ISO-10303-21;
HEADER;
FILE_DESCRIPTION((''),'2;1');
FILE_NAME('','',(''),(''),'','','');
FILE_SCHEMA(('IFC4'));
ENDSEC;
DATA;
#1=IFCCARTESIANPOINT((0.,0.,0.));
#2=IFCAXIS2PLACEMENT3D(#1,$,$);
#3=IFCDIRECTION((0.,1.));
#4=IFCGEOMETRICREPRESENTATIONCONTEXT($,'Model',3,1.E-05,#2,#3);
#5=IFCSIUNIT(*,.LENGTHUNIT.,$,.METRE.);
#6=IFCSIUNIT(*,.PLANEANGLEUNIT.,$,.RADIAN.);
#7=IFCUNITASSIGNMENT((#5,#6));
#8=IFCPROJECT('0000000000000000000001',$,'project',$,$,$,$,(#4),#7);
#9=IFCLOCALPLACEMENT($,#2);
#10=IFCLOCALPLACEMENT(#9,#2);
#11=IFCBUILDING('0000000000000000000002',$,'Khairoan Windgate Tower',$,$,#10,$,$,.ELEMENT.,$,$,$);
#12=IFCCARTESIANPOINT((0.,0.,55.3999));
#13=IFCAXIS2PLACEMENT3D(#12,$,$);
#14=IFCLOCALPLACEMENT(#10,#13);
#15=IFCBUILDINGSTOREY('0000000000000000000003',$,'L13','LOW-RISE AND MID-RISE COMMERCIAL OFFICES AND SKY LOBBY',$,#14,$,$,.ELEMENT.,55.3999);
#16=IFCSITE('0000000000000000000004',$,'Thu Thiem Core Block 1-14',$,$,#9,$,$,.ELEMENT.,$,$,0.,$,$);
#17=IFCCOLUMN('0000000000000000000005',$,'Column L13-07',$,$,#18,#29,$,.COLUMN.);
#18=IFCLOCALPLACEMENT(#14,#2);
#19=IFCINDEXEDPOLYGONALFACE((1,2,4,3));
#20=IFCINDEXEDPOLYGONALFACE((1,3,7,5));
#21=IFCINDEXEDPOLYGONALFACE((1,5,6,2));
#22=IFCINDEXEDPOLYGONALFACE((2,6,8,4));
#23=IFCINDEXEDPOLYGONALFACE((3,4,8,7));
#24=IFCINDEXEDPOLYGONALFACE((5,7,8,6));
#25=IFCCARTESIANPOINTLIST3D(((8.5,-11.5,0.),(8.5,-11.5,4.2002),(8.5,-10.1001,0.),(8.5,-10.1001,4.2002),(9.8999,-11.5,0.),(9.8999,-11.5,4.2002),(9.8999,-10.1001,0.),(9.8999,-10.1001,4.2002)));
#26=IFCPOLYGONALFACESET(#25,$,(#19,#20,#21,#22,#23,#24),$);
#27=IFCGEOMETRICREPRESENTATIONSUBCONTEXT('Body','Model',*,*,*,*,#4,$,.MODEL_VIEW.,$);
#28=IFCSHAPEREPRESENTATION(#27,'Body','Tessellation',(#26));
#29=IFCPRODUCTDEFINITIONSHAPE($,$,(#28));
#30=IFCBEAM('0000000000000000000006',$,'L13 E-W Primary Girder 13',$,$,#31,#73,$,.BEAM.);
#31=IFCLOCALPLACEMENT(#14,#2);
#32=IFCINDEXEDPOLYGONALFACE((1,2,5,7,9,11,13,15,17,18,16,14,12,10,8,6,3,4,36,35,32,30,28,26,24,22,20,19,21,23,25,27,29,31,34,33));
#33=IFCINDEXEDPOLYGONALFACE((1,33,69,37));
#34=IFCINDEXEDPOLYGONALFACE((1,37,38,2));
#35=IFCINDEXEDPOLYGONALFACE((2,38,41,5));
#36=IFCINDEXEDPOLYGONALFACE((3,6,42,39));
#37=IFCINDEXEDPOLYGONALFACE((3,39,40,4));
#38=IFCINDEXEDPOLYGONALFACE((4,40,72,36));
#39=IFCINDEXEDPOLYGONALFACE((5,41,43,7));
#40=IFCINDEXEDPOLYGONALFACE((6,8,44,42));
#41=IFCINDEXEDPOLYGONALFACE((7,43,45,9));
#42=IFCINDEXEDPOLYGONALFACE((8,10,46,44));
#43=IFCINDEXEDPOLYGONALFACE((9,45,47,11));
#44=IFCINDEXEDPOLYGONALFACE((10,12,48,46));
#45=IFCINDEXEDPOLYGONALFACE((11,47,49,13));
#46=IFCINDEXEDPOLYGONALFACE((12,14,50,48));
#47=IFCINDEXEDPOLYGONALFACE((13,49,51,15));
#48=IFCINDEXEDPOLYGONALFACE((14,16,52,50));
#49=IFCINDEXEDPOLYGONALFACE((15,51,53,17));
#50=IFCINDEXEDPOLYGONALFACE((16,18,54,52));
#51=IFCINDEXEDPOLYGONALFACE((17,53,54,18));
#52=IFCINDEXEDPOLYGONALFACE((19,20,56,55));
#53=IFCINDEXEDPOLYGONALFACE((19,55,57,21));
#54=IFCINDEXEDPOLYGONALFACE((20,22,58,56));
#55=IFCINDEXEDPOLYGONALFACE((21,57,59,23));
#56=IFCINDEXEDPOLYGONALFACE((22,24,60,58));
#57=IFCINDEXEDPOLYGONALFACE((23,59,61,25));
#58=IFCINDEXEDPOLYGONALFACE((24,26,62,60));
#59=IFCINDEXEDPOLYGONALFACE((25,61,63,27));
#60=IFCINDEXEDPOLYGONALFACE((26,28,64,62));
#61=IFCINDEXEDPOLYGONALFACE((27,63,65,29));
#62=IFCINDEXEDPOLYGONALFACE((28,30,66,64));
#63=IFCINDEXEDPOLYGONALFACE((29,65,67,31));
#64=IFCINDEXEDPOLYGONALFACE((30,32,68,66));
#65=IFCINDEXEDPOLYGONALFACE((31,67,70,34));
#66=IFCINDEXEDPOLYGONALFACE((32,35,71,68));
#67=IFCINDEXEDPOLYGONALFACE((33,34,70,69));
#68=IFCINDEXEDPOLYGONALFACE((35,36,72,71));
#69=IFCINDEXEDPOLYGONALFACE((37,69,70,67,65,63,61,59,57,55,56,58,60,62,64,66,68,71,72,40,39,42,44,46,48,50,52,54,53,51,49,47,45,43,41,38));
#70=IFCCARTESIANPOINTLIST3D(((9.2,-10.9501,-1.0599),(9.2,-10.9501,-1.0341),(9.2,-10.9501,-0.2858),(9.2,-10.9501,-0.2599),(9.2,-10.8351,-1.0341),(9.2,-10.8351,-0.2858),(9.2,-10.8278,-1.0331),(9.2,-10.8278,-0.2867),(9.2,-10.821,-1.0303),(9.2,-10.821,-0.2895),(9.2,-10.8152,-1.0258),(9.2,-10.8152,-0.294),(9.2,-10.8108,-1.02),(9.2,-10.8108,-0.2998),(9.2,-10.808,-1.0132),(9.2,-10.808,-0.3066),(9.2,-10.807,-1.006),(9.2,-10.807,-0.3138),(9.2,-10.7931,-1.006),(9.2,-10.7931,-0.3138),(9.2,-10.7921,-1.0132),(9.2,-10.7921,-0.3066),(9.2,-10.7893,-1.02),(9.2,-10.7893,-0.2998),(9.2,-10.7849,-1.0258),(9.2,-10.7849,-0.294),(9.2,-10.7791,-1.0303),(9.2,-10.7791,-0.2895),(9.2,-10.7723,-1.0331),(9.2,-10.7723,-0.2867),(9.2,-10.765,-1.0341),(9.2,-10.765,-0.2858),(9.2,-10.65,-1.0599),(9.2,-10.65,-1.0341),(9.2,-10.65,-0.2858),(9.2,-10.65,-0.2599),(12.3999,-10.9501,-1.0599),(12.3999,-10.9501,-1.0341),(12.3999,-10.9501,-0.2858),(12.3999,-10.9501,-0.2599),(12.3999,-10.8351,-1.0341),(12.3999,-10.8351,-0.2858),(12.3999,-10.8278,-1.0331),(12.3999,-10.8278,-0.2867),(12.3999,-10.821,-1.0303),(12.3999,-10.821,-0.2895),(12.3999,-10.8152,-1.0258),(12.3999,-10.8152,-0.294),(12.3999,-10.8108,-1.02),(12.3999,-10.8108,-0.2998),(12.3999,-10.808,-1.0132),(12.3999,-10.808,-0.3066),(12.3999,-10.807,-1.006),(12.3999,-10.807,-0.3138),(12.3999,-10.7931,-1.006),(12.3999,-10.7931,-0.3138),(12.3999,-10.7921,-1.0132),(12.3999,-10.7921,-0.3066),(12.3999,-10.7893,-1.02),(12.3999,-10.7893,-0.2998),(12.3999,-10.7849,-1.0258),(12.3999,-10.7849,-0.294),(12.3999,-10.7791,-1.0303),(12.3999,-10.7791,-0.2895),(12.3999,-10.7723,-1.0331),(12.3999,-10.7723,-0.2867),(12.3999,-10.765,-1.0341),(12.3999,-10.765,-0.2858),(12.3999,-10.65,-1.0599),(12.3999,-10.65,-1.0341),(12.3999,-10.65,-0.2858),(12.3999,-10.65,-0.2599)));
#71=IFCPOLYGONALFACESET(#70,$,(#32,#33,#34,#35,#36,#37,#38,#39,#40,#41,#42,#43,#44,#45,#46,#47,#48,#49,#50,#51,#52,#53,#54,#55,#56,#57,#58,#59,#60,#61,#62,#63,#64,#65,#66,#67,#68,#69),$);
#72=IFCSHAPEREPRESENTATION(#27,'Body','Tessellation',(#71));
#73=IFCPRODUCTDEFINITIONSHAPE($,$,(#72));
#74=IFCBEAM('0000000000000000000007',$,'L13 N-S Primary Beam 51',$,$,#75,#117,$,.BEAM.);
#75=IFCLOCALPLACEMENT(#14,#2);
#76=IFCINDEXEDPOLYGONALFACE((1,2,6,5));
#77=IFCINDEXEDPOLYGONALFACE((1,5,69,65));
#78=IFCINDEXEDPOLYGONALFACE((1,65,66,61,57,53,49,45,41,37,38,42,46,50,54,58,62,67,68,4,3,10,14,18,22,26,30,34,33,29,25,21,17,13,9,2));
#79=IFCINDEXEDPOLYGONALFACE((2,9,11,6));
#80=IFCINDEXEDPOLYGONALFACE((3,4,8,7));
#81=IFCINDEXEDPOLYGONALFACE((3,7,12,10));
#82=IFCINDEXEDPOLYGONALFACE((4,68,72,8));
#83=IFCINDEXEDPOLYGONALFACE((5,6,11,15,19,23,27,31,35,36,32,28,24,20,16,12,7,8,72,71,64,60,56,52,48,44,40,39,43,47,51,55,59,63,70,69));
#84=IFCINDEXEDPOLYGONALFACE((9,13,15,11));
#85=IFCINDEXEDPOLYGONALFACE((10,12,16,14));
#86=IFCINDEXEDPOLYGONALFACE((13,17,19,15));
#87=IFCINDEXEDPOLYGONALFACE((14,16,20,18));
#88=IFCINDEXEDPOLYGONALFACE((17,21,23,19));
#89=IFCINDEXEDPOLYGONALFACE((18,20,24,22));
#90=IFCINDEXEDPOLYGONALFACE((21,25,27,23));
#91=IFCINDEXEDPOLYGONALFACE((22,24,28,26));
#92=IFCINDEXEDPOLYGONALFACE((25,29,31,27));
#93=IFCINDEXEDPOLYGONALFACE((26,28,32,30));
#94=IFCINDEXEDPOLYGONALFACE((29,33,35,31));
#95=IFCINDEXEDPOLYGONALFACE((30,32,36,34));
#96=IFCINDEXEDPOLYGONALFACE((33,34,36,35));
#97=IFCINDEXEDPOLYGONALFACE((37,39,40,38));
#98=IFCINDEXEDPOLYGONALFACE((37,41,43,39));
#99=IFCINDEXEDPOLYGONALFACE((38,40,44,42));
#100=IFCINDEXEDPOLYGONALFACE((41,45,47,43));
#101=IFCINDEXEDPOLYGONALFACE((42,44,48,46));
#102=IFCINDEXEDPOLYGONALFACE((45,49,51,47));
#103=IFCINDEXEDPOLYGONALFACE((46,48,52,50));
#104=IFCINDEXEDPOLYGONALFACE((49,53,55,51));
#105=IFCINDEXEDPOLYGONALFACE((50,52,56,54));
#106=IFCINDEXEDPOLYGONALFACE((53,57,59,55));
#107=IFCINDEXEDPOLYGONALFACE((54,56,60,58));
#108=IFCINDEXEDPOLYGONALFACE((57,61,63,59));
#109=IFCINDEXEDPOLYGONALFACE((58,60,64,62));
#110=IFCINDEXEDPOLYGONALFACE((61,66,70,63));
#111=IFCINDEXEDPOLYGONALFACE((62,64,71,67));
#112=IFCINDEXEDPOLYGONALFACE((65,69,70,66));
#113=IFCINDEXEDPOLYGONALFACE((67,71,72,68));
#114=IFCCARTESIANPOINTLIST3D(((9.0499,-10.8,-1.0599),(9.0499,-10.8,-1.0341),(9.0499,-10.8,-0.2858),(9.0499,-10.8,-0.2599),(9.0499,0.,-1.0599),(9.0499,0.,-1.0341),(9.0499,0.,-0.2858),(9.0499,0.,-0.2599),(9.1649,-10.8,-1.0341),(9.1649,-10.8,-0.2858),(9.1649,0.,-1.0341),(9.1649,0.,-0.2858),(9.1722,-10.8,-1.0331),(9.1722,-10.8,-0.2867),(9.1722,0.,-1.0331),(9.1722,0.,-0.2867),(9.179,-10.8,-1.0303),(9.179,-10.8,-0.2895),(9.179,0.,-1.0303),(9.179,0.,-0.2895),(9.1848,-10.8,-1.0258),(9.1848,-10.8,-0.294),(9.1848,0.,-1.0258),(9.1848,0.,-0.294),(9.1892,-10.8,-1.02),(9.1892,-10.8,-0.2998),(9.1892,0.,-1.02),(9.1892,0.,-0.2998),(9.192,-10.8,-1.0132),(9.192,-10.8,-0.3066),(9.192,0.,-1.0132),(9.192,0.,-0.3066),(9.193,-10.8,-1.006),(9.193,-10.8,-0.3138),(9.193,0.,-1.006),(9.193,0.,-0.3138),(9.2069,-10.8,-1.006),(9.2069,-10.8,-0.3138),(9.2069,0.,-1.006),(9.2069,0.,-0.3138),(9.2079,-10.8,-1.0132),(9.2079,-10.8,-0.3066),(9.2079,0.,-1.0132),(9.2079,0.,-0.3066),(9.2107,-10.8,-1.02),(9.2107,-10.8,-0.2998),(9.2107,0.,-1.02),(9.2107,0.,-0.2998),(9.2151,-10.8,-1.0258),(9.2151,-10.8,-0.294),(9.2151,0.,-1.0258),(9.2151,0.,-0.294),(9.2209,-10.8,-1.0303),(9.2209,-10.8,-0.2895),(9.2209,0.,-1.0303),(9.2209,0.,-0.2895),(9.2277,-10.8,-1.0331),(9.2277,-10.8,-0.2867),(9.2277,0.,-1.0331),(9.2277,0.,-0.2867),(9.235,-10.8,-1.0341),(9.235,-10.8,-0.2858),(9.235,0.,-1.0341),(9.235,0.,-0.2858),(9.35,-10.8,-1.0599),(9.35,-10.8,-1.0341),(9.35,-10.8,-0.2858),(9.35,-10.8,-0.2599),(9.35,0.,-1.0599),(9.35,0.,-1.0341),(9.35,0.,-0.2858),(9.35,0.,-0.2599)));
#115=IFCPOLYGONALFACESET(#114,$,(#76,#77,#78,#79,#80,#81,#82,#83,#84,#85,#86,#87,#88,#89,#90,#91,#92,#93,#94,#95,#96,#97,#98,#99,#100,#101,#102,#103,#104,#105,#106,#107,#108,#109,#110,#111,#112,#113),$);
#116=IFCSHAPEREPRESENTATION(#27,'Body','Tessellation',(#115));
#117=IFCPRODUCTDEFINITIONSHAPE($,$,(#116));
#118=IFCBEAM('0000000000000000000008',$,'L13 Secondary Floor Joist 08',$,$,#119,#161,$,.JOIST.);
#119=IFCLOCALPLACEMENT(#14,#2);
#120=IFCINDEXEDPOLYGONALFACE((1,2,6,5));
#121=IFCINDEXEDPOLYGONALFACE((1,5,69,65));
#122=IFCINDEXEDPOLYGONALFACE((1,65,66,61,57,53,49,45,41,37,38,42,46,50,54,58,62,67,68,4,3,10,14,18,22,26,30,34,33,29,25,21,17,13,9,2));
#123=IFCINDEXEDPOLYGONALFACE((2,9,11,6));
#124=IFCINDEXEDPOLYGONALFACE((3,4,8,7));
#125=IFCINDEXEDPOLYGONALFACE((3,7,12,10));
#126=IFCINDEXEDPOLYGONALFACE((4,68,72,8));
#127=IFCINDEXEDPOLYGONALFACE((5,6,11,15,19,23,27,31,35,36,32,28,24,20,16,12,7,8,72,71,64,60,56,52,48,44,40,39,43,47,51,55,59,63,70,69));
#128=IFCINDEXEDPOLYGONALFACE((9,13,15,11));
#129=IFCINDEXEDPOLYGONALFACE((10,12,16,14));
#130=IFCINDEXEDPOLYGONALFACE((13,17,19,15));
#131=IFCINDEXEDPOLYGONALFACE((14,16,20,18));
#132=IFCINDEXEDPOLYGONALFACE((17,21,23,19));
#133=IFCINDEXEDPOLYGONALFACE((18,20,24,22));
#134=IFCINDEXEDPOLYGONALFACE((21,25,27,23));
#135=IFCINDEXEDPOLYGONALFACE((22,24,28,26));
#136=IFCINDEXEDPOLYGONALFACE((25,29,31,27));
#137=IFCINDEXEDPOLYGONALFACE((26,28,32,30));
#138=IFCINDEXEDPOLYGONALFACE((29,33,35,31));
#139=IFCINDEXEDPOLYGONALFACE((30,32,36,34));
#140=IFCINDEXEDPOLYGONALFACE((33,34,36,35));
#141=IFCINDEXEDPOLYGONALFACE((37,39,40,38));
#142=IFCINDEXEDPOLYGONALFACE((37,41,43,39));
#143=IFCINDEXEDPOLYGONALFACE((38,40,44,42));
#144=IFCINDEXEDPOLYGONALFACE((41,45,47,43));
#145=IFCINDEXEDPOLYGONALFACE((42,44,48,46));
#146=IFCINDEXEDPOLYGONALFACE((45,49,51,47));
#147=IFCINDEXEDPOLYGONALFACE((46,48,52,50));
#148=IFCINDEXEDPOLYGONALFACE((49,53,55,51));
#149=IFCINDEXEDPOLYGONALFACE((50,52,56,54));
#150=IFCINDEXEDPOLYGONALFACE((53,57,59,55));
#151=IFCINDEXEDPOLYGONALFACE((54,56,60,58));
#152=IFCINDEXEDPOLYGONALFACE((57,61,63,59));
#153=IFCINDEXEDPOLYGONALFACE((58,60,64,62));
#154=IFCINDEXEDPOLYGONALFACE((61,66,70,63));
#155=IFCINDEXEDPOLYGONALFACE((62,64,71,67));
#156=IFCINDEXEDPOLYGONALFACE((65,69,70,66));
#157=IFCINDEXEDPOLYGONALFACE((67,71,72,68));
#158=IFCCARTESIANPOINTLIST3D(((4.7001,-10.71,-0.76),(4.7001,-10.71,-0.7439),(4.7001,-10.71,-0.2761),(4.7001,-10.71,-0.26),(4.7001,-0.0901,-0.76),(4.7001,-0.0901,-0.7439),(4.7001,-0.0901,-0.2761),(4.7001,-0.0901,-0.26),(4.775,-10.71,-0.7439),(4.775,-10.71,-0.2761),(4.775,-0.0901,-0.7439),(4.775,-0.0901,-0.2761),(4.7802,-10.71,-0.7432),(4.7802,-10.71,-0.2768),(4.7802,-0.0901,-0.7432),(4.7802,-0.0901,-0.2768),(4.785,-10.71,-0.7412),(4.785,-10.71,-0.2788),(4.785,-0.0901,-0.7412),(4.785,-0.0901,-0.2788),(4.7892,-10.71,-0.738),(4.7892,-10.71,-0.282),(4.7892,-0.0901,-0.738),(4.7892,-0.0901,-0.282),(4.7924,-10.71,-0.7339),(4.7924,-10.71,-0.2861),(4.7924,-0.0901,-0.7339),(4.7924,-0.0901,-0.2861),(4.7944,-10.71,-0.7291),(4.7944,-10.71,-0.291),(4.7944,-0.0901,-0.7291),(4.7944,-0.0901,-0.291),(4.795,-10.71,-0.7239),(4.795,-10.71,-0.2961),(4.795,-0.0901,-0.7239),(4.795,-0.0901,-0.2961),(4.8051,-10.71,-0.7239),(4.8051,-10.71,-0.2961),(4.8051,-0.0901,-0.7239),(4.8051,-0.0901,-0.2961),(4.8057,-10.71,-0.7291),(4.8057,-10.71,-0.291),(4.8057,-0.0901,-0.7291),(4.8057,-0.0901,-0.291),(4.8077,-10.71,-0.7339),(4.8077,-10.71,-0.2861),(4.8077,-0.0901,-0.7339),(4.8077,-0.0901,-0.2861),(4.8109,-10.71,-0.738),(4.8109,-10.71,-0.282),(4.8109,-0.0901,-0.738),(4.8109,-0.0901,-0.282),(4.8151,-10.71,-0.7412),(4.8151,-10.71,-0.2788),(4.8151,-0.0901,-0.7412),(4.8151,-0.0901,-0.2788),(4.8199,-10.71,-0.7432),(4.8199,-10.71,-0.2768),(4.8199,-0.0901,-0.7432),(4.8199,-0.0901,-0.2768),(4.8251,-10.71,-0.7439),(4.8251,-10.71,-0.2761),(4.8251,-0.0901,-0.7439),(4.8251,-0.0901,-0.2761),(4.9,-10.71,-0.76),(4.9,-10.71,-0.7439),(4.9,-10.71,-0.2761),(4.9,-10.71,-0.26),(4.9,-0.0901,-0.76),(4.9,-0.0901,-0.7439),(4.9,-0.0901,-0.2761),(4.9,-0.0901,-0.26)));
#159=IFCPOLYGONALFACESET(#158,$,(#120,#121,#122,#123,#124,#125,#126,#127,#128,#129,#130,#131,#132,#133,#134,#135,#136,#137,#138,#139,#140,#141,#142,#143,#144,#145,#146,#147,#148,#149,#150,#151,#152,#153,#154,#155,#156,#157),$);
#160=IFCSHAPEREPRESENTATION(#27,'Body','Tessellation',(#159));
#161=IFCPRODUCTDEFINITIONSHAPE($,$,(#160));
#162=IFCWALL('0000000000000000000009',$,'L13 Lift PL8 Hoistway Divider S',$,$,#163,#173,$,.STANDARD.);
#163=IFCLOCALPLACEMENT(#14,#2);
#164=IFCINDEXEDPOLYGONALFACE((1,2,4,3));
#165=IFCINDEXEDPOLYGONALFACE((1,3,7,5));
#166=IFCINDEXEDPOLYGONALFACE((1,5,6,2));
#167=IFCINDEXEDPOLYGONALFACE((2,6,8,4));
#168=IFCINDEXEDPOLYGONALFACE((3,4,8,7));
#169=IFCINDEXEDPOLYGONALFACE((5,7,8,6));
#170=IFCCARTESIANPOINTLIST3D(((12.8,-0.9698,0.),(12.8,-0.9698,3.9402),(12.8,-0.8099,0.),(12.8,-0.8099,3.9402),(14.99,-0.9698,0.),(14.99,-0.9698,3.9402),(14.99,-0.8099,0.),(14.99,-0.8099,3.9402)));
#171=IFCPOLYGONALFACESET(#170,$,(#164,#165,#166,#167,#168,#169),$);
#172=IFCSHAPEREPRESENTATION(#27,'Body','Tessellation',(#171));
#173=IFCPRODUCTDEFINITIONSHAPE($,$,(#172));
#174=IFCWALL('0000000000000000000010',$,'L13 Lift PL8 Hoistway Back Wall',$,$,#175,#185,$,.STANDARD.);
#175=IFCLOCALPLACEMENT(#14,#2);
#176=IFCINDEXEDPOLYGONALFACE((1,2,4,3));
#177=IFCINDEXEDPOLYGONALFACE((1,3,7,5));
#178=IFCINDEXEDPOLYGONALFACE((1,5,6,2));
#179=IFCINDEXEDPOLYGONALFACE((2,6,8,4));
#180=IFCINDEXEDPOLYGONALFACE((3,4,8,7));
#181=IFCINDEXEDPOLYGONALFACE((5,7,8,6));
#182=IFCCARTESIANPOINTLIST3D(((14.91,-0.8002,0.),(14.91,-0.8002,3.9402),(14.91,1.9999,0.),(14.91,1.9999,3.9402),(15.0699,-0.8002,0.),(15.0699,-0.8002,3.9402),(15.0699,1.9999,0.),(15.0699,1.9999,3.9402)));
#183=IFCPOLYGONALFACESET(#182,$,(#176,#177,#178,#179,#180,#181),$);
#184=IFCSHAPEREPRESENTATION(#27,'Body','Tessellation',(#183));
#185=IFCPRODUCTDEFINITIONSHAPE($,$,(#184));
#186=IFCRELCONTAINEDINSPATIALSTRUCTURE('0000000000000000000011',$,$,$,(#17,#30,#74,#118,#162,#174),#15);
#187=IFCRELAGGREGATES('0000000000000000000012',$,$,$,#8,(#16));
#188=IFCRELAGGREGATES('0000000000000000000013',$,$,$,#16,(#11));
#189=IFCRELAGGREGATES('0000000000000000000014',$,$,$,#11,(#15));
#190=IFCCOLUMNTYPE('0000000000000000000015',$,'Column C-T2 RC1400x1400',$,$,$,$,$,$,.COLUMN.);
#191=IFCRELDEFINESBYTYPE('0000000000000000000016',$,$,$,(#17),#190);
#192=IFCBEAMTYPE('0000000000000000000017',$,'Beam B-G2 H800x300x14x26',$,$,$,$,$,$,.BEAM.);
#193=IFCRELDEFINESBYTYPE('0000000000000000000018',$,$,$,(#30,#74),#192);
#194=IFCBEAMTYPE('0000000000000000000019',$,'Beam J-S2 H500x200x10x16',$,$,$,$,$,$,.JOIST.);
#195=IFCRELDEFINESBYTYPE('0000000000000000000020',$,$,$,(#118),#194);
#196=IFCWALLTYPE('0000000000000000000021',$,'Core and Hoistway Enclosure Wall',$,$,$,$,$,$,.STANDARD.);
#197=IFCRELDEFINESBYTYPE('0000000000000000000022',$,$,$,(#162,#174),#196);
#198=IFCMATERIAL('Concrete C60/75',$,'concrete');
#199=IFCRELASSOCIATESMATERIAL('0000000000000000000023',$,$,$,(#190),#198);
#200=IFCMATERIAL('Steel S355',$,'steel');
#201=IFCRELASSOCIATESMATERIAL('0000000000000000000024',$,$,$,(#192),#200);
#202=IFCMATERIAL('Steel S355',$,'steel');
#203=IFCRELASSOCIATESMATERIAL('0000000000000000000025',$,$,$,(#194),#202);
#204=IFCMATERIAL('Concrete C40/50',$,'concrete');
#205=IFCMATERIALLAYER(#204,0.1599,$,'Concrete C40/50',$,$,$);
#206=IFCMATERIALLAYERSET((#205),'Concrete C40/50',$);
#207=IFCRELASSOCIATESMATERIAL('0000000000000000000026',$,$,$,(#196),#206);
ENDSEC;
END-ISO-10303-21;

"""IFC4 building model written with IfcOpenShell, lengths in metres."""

from ifc_helpers import new_model, si_unit, direction, frame, frame_2d, origin, origin_2d, place, context, subcontext, project, spatial, rectangle, i_section, extrude, material, layer, layer_set, material_profile, profile_set, type_object, element, save


model = new_model("IFC4")

# Units and contexts
model_context = context("Model", 3, precision=1e-05, world=origin(), true_north=direction((0.0, 1.0)))
body_context = subcontext(model_context, "Body", "Model", "MODEL_VIEW")
ifc_project = project(units=[si_unit("LENGTHUNIT", "METRE"), si_unit("PLANEANGLEUNIT", "RADIAN")], contexts=[model_context])

# Site, building, storey
site_placement = place(None, origin())
site = spatial("IfcSite", under=ifc_project, at=site_placement, Name="Thu Thiem Core Block 1-14", CompositionType="ELEMENT", RefElevation=0.0)
building_placement = place(site_placement, origin())
building = spatial("IfcBuilding", under=site, at=building_placement, Name="Khairoan Windgate Tower", CompositionType="ELEMENT")
storey_placement = place(building_placement, frame((0.0, 0.0, 55.3999)))
storey = spatial("IfcBuildingStorey", under=building, at=storey_placement, Name="L13", Description="LOW-RISE AND MID-RISE COMMERCIAL OFFICES AND SKY LOBBY", CompositionType="ELEMENT", Elevation=55.3999)

# Column
ifc_material_1 = material(Name="Concrete C60/75", Category="concrete")
ifc_material_profile_1 = material_profile(ifc_material_1, rectangle(XDim=1.3999, YDim=1.3999, at=origin_2d()))
ifc_profile_set_1 = profile_set([ifc_material_profile_1], Name="Concrete C60/75")
column_type = type_object("IfcColumnType", Name="Column C-T2 RC1400x1400", PredefinedType="COLUMN", material=ifc_profile_set_1)
column_placement = place(storey_placement, frame((9.2, -10.8, 0.0), z_axis=(0.0, 0.0, 1.0), x_axis=(1.0, 0.0, 0.0)))
element("IfcColumn", 1, at=column_placement, inside=storey, type_object=column_type, Name="Column L13-07", PredefinedType="COLUMN", context=body_context, shape_type="SweptSolid", body=[
    extrude(rectangle(XDim=1.3999, YDim=1.3999, at=origin_2d()), origin(), (0.0, 0.0, 1.0), 4.2002),
])

# Beams
ifc_material_2 = material(Name="Steel S355", Category="steel")
ifc_material_profile_2 = material_profile(ifc_material_2, i_section(OverallWidth=0.3, OverallDepth=0.8, WebThickness=0.0139, FlangeThickness=0.0259, FilletRadius=0.0281, at=origin_2d()))
ifc_profile_set_2 = profile_set([ifc_material_profile_2], Name="Steel S355")
beam_type_1 = type_object("IfcBeamType", Name="Beam B-G2 H800x300x14x26", PredefinedType="BEAM", material=ifc_profile_set_2)
beam_1_placement = place(storey_placement, frame((9.2, -10.8, -0.6599), z_axis=(1.0, 0.0, 0.0), x_axis=(0.0, 1.0, 0.0)))
element("IfcBeam", 2, at=beam_1_placement, inside=storey, type_object=beam_type_1, Name="L13 E-W Primary Girder 13", PredefinedType="BEAM", context=body_context, shape_type="SweptSolid", body=[
    extrude(i_section(OverallWidth=0.3, OverallDepth=0.8, WebThickness=0.0139, FlangeThickness=0.0259, FilletRadius=0.0281, at=origin_2d()), origin(), (0.0, 0.0, 1.0), 3.2),
])
beam_2_placement = place(storey_placement, frame((9.2, -10.8, -0.6599), z_axis=(0.0, 1.0, 0.0), x_axis=(-1.0, 0.0, 0.0)))
element("IfcBeam", 3, at=beam_2_placement, inside=storey, type_object=beam_type_1, Name="L13 N-S Primary Beam 51", PredefinedType="BEAM", context=body_context, shape_type="SweptSolid", body=[
    extrude(i_section(OverallWidth=0.3, OverallDepth=0.8, WebThickness=0.0139, FlangeThickness=0.0259, FilletRadius=0.0281, at=origin_2d()), origin(), (0.0, 0.0, 1.0), 10.8),
])
ifc_material_3 = material(Name="Steel S355", Category="steel")
ifc_material_profile_3 = material_profile(ifc_material_3, i_section(OverallWidth=0.2, OverallDepth=0.5, WebThickness=0.01, FlangeThickness=0.0161, FilletRadius=0.02, at=origin_2d()))
ifc_profile_set_3 = profile_set([ifc_material_profile_3], Name="Steel S355")
beam_type_2 = type_object("IfcBeamType", Name="Beam J-S2 H500x200x10x16", PredefinedType="JOIST", material=ifc_profile_set_3)
beam_3_placement = place(storey_placement, frame((4.8, -10.71, -0.51), z_axis=(0.0, 1.0, 0.0), x_axis=(-1.0, 0.0, 0.0)))
element("IfcBeam", 4, at=beam_3_placement, inside=storey, type_object=beam_type_2, Name="L13 Secondary Floor Joist 08", PredefinedType="JOIST", context=body_context, shape_type="SweptSolid", body=[
    extrude(i_section(OverallWidth=0.2, OverallDepth=0.5, WebThickness=0.01, FlangeThickness=0.0161, FilletRadius=0.02, at=origin_2d()), origin(), (0.0, 0.0, 1.0), 10.6199),
])

# Walls
ifc_material_4 = material(Name="Concrete C40/50", Category="concrete")
ifc_layer_1 = layer(ifc_material_4, 0.1599, Name="Concrete C40/50")
ifc_layer_set_1 = layer_set([ifc_layer_1], Name="Concrete C40/50")
wall_type_1 = type_object("IfcWallType", Name="Core and Hoistway Enclosure Wall", PredefinedType="STANDARD", material=ifc_layer_set_1)
wall_1_placement = place(storey_placement, frame((12.8, -0.8899, 0.0), z_axis=(0.0, 0.0, 1.0), x_axis=(1.0, 0.0, 0.0)))
element("IfcWall", 5, at=wall_1_placement, inside=storey, type_object=wall_type_1, Name="L13 Lift PL8 Hoistway Divider S", PredefinedType="STANDARD", context=body_context, shape_type="SweptSolid", body=[
    extrude(rectangle(XDim=2.1899, YDim=0.1599, at=frame_2d((1.095, 0.0))), origin(), (0.0, 0.0, 1.0), 3.9402),
])
wall_2_placement = place(storey_placement, frame((14.99, -0.8, 0.0), z_axis=(0.0, 0.0, 1.0), x_axis=(0.0, 1.0, 0.0)))
element("IfcWall", 6, at=wall_2_placement, inside=storey, type_object=wall_type_1, Name="L13 Lift PL8 Hoistway Back Wall", PredefinedType="STANDARD", context=body_context, shape_type="SweptSolid", body=[
    extrude(rectangle(XDim=2.8, YDim=0.1599, at=frame_2d((1.3999, 0.0))), origin(), (0.0, 0.0, 1.0), 3.9402),
])

save(model, "model.ifc")
